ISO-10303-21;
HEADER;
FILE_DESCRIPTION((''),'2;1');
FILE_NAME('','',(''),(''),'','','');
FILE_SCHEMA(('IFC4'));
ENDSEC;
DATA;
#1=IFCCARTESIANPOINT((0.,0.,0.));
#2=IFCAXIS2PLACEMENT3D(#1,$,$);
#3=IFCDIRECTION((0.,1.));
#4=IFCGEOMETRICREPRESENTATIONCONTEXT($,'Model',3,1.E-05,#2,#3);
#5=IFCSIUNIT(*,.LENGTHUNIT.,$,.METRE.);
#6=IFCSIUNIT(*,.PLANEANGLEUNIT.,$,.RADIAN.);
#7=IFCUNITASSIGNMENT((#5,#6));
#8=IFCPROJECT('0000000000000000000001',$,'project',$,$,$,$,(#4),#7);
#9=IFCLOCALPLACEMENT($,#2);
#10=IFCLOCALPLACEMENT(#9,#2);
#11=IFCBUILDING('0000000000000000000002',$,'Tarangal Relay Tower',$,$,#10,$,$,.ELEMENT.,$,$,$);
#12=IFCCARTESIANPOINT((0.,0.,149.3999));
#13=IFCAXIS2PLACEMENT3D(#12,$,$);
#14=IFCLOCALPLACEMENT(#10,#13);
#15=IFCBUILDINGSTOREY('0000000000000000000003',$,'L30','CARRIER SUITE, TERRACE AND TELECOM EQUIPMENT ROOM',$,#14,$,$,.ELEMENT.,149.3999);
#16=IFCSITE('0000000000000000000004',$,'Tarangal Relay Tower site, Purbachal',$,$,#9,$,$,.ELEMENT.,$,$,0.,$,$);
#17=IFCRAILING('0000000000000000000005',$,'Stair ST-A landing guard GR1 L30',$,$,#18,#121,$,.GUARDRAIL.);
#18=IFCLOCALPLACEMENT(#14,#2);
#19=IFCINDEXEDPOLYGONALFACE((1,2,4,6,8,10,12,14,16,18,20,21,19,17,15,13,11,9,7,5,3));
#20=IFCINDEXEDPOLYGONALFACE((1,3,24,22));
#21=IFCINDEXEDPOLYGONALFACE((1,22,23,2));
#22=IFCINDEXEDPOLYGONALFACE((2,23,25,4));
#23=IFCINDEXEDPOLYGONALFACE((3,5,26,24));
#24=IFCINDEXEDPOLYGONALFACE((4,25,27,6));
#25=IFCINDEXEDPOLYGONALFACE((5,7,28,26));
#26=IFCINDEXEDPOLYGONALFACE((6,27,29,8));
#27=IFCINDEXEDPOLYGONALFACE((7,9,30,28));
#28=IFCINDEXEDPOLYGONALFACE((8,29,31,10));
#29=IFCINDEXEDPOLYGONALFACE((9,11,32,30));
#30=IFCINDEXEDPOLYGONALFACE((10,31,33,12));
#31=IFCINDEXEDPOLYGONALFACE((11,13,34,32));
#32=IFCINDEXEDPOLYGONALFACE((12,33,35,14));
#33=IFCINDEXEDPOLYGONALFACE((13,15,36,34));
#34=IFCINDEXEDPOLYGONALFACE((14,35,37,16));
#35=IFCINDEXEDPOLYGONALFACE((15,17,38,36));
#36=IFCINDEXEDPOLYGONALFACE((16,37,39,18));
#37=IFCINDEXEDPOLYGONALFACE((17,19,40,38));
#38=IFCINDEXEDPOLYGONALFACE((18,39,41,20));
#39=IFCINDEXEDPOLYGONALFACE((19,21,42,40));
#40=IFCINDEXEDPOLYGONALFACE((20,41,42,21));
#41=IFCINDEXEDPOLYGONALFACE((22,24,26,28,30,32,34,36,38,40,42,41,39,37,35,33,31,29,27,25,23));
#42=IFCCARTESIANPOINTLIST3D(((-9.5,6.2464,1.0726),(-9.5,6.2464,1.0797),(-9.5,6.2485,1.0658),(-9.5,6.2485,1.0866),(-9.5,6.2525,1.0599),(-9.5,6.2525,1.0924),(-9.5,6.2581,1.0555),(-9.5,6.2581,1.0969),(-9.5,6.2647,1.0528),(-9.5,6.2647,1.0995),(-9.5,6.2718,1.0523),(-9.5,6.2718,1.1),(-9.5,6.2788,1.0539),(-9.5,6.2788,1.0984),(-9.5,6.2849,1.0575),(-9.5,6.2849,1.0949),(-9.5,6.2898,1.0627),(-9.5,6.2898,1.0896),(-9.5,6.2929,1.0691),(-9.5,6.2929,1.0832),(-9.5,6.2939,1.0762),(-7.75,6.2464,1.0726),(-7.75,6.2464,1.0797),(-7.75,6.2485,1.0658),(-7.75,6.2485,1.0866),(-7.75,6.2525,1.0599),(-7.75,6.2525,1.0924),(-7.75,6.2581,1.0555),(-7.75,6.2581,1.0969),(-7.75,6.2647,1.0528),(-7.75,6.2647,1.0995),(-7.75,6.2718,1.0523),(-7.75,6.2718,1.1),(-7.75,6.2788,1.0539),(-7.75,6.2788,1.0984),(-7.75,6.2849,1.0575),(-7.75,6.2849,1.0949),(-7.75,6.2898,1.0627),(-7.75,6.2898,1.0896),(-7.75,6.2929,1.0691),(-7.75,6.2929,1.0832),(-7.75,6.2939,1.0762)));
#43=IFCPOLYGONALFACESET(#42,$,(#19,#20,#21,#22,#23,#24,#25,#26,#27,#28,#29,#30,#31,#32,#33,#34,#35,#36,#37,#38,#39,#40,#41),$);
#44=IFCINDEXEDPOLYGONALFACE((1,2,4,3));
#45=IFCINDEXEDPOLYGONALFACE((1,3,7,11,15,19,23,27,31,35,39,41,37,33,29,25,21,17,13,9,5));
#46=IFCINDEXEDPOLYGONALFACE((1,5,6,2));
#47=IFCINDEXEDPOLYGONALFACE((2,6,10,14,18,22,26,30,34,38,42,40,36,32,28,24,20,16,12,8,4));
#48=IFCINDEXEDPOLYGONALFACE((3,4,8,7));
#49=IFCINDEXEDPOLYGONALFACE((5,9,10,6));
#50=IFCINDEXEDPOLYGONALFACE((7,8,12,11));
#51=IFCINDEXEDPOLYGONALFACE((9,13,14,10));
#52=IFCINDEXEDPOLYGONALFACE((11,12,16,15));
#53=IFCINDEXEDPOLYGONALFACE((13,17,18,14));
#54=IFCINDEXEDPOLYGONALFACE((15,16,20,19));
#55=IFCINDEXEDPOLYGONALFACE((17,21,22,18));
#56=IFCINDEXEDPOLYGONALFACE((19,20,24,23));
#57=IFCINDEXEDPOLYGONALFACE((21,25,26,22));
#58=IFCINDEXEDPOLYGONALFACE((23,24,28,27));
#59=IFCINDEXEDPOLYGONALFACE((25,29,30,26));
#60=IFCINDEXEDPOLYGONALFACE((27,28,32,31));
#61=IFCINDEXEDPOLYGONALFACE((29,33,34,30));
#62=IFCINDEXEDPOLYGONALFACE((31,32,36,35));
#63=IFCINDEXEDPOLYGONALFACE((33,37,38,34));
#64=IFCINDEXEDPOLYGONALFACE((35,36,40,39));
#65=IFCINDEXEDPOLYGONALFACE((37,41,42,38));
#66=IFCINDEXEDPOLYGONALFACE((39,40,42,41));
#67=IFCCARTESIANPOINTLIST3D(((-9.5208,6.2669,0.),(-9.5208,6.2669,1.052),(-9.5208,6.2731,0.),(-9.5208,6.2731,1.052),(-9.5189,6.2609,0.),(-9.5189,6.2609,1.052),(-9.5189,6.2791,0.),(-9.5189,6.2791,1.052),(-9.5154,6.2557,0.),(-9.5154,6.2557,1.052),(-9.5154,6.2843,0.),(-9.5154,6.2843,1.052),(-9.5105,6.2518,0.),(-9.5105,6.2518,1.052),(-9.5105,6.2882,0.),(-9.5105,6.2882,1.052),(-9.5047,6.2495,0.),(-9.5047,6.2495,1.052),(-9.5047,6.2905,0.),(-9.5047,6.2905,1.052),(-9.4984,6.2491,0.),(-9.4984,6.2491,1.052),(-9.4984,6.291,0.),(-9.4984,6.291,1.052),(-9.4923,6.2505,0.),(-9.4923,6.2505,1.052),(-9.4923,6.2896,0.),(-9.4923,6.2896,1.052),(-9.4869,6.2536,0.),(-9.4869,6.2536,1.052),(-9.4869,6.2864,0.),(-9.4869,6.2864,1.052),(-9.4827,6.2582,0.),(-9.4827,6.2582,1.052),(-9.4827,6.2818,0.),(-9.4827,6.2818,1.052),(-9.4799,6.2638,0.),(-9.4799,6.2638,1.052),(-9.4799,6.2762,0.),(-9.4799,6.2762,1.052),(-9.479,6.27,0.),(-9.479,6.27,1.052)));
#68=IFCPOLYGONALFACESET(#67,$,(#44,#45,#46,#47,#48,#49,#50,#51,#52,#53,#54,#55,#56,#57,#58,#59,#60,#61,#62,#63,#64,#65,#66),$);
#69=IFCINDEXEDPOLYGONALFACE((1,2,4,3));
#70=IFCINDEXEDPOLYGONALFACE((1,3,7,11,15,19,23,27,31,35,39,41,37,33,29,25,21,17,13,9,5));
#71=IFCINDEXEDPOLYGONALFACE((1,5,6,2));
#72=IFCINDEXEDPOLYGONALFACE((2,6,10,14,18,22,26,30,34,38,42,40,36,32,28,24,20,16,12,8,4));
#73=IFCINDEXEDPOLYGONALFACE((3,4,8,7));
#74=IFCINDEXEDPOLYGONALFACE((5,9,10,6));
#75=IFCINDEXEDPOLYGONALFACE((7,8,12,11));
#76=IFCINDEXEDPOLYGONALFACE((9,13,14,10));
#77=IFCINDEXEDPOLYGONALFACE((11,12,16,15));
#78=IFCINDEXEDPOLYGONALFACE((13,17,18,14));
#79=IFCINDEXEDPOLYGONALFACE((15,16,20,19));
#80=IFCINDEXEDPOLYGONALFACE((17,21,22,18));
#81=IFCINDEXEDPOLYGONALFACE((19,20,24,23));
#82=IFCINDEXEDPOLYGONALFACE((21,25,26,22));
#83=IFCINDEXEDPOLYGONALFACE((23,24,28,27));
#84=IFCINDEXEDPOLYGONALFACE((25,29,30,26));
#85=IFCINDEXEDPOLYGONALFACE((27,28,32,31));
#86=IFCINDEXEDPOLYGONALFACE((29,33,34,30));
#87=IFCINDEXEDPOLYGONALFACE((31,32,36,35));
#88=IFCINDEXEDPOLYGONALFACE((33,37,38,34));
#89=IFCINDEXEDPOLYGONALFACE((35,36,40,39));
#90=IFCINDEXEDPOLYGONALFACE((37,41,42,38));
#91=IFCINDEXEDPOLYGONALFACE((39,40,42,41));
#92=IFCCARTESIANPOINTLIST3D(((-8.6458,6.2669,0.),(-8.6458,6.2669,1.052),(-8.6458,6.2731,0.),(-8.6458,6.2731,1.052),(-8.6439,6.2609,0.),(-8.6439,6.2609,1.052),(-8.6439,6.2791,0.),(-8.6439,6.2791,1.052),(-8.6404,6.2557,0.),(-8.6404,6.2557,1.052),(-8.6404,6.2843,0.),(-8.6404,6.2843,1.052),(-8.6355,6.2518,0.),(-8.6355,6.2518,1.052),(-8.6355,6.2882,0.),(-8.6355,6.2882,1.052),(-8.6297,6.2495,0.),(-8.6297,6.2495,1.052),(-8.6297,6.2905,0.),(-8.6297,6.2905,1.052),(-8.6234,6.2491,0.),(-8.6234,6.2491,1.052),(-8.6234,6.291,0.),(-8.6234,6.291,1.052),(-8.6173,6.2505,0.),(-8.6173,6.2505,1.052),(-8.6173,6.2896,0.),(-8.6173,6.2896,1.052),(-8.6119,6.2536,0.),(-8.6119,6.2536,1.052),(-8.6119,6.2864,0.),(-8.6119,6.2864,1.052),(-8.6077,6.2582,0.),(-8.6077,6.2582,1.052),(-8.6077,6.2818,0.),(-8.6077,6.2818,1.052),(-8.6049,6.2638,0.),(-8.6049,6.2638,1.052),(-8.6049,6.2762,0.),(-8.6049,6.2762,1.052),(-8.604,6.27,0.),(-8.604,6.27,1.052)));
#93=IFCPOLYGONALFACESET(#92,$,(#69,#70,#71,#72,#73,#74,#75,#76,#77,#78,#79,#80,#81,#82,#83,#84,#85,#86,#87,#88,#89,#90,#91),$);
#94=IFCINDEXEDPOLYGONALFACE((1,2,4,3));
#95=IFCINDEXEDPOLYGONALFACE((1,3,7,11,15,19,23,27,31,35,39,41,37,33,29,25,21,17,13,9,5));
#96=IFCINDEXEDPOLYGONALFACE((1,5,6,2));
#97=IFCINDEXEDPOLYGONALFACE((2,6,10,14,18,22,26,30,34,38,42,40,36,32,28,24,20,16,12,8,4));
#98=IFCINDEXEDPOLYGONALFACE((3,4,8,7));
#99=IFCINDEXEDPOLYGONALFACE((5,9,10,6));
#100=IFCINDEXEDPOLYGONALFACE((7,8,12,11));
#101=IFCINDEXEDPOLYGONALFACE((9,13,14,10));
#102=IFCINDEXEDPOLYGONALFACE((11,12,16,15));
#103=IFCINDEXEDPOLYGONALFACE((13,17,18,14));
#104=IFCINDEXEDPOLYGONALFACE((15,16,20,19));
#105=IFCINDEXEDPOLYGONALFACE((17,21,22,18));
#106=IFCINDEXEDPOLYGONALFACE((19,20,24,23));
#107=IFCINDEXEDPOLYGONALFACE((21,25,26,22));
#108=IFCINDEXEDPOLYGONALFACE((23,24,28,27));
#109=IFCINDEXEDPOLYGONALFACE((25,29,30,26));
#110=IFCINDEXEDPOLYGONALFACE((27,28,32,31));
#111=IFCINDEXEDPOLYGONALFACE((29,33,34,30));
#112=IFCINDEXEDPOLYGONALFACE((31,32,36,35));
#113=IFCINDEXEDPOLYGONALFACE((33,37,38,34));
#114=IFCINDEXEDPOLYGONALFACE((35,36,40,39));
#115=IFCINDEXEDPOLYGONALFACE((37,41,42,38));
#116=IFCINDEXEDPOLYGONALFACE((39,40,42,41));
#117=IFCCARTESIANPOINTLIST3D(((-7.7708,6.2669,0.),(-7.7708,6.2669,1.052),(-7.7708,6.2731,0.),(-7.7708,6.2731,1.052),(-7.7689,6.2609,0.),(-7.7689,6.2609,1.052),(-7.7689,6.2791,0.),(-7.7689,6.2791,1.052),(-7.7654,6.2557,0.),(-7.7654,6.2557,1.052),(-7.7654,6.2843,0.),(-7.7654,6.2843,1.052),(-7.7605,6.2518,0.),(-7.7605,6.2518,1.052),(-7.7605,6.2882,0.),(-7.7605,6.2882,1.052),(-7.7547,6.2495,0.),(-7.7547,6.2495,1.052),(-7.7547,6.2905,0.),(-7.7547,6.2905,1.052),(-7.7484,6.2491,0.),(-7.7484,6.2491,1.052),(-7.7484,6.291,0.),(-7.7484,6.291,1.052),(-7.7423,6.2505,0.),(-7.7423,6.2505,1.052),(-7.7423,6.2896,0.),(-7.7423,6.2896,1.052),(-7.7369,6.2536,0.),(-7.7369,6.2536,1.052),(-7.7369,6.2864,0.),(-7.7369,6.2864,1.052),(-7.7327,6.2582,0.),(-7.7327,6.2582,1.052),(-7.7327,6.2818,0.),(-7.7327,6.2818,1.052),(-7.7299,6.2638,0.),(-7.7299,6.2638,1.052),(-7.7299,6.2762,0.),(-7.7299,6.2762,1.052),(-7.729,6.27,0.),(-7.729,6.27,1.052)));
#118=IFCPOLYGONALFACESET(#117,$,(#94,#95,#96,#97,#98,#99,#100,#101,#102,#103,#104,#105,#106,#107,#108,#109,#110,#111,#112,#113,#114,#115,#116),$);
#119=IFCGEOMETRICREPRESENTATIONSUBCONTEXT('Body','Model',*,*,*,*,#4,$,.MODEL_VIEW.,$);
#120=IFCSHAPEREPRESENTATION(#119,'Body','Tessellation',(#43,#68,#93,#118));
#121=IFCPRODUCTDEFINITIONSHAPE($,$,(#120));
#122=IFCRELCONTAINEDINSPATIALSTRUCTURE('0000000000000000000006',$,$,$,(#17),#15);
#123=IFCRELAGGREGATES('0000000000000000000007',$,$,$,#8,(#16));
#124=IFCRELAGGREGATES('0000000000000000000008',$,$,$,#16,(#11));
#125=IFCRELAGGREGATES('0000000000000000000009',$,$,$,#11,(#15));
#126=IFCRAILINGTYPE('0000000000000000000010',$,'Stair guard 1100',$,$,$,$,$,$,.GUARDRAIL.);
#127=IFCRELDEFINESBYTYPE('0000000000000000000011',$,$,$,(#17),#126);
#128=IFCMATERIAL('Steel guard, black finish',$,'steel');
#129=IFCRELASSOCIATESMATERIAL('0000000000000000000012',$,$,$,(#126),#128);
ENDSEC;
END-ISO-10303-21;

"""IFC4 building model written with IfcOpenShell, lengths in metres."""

from ifc_helpers import new_model, si_unit, direction, frame, origin, origin_2d, place, context, subcontext, project, spatial, circle, extrude, material, type_object, element, save


model = new_model("IFC4")

# Units and contexts
model_context = context("Model", 3, precision=1e-05, world=origin(), true_north=direction((0.0, 1.0)))
body_context = subcontext(model_context, "Body", "Model", "MODEL_VIEW")
ifc_project = project(units=[si_unit("LENGTHUNIT", "METRE"), si_unit("PLANEANGLEUNIT", "RADIAN")], contexts=[model_context])

# Site, building, storey
site_placement = place(None, origin())
site = spatial("IfcSite", under=ifc_project, at=site_placement, Name="Tarangal Relay Tower site, Purbachal", CompositionType="ELEMENT", RefElevation=0.0)
building_placement = place(site_placement, origin())
building = spatial("IfcBuilding", under=site, at=building_placement, Name="Tarangal Relay Tower", CompositionType="ELEMENT")
storey_placement = place(building_placement, frame((0.0, 0.0, 149.3999)))
storey = spatial("IfcBuildingStorey", under=building, at=storey_placement, Name="L30", Description="CARRIER SUITE, TERRACE AND TELECOM EQUIPMENT ROOM", CompositionType="ELEMENT", Elevation=149.3999)

# Railing
ifc_material_1 = material(Name="Steel guard, black finish", Category="steel")
railing_type = type_object("IfcRailingType", Name="Stair guard 1100", PredefinedType="GUARDRAIL", material=ifc_material_1)
railing_1_placement = place(storey_placement, frame((-9.5, 6.27, 0.0)))
element("IfcRailing", 1, at=railing_1_placement, inside=storey, type_object=railing_type, Name="Stair ST-A landing guard GR1 L30", PredefinedType="GUARDRAIL", context=body_context, shape_type="SweptSolid", body=[
    extrude(circle(Radius=0.0239, at=origin_2d()), frame((0.0, 0.0, 1.0762), z_axis=(1.0, 0.0, 0.0), x_axis=(0.0, 1.0, 0.0)), (0.0, 0.0, 1.0), 1.75),
    extrude(circle(Radius=0.021, at=origin_2d()), origin(), (0.0, 0.0, 1.0), 1.052),
    extrude(circle(Radius=0.021, at=origin_2d()), frame((0.875, 0.0, 0.0)), (0.0, 0.0, 1.0), 1.052),
    extrude(circle(Radius=0.021, at=origin_2d()), frame((1.75, 0.0, 0.0)), (0.0, 0.0, 1.0), 1.052),
])

save(model, "model.ifc")
